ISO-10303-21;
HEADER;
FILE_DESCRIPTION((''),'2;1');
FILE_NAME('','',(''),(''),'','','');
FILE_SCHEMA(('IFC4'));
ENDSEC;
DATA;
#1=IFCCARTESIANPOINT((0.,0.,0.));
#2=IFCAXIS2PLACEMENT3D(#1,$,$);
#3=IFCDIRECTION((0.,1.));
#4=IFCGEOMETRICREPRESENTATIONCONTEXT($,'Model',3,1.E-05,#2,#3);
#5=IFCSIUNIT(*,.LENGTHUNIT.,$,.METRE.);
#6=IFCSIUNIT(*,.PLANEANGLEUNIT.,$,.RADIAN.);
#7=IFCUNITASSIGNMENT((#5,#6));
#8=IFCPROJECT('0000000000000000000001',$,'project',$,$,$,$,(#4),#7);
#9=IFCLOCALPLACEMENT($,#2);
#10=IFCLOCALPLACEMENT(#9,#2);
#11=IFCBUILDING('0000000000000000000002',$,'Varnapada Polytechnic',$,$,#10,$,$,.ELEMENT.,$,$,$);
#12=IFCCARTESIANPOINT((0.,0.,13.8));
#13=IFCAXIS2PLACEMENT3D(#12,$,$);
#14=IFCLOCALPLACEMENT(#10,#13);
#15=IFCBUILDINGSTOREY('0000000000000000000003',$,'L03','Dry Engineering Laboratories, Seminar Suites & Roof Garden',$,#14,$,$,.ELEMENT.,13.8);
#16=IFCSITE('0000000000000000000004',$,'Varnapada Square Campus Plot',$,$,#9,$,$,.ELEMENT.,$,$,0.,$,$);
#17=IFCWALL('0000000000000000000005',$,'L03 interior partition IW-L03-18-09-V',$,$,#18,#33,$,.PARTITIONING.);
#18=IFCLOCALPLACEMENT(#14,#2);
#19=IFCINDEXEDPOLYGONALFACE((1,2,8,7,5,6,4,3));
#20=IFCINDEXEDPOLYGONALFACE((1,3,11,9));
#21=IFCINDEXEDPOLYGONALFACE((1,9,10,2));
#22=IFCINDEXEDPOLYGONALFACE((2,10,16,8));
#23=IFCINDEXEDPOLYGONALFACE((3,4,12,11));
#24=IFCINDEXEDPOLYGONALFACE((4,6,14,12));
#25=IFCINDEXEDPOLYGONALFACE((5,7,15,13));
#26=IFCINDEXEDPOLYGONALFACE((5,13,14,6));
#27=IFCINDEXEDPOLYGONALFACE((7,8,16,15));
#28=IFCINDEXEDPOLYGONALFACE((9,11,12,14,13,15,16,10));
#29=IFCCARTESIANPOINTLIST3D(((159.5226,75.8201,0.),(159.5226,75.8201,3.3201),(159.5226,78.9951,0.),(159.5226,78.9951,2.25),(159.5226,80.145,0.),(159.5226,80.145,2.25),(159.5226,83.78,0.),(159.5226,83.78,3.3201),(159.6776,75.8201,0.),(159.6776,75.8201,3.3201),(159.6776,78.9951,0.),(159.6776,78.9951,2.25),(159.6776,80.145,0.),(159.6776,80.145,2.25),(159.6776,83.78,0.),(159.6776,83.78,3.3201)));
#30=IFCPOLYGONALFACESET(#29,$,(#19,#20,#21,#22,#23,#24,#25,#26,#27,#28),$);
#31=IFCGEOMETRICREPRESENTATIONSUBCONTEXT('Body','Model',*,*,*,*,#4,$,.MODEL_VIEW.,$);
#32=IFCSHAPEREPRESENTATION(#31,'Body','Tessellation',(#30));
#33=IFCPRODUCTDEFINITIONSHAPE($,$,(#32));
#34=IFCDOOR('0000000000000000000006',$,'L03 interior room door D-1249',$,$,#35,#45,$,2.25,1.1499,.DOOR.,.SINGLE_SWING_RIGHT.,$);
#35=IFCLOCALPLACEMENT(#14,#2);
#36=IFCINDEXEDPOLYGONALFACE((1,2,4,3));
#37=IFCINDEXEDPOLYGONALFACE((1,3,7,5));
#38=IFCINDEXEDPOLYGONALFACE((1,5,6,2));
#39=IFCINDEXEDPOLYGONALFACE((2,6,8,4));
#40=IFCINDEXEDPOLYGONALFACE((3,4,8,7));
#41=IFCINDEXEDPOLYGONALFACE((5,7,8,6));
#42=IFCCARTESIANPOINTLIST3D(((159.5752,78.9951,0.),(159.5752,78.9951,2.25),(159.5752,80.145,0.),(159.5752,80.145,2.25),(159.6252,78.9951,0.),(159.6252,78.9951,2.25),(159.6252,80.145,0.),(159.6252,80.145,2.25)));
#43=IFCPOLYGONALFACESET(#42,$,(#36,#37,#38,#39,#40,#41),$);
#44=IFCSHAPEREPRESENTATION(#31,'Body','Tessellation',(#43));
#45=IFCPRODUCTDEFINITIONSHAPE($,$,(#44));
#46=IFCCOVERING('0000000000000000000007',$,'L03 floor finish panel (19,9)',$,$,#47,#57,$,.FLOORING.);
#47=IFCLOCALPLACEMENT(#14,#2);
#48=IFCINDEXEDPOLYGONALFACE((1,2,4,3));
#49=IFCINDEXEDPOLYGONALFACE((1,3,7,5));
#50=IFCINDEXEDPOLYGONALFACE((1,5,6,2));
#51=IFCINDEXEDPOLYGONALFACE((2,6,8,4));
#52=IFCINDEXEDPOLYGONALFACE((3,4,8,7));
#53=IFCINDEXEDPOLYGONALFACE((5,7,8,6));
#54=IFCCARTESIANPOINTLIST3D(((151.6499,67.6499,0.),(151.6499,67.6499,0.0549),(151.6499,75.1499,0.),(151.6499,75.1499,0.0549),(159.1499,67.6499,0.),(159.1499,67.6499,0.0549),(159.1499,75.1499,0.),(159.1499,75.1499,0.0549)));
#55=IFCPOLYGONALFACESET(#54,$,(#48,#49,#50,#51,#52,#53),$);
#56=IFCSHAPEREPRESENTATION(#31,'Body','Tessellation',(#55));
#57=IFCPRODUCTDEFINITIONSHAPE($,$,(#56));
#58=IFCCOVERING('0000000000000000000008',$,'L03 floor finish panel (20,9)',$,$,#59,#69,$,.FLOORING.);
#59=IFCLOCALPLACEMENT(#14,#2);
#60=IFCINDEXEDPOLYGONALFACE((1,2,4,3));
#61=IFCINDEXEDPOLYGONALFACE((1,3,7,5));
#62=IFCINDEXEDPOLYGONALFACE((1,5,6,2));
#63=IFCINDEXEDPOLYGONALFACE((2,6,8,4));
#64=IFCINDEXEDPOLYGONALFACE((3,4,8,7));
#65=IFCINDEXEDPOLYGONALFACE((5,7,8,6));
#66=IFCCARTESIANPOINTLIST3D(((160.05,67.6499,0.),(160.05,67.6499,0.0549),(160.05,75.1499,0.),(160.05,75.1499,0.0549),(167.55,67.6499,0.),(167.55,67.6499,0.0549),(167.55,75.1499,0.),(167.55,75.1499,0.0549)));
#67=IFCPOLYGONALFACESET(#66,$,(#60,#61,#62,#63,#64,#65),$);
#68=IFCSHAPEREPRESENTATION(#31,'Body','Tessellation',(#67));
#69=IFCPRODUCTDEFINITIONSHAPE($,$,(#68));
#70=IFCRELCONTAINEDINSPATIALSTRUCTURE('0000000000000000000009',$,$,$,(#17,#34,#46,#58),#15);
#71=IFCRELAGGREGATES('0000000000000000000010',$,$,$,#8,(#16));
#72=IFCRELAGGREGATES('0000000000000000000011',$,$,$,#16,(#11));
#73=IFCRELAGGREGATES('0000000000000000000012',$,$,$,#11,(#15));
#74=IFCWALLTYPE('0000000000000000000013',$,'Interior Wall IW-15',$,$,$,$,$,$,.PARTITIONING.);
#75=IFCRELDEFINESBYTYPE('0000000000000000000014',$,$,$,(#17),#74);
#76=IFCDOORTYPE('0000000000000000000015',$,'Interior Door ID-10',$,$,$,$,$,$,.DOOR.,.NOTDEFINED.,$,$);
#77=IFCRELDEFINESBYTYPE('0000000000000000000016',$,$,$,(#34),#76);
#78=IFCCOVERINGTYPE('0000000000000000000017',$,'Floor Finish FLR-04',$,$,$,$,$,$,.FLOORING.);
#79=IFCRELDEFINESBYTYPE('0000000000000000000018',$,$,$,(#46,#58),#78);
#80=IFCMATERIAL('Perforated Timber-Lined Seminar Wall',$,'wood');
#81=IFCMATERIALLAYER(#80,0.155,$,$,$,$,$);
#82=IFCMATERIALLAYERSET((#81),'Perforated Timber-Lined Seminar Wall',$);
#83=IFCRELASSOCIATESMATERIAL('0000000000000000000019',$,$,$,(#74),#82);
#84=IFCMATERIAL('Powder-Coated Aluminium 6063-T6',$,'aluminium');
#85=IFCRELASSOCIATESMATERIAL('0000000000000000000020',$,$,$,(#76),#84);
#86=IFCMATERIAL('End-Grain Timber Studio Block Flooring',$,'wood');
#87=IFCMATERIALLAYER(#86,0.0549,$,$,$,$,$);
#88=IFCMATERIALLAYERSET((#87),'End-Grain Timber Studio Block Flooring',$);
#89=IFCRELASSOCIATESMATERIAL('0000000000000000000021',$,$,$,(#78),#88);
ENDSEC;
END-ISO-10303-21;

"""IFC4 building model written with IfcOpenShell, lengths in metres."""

from ifc_helpers import new_model, si_unit, direction, frame, frame_2d, origin, origin_2d, place, context, subcontext, project, spatial, rectangle, extrude, material, layer, layer_set, type_object, element, fill, save


model = new_model("IFC4")

# Units and contexts
model_context = context("Model", 3, precision=1e-05, world=origin(), true_north=direction((0.0, 1.0)))
body_context = subcontext(model_context, "Body", "Model", "MODEL_VIEW")
ifc_project = project(units=[si_unit("LENGTHUNIT", "METRE"), si_unit("PLANEANGLEUNIT", "RADIAN")], contexts=[model_context])

# Site, building, storey
site_placement = place(None, origin())
site = spatial("IfcSite", under=ifc_project, at=site_placement, Name="Varnapada Square Campus Plot", CompositionType="ELEMENT", RefElevation=0.0)
building_placement = place(site_placement, origin())
building = spatial("IfcBuilding", under=site, at=building_placement, Name="Varnapada Polytechnic", CompositionType="ELEMENT")
storey_placement = place(building_placement, frame((0.0, 0.0, 13.8)))
storey = spatial("IfcBuildingStorey", under=building, at=storey_placement, Name="L03", Description="Dry Engineering Laboratories, Seminar Suites & Roof Garden", CompositionType="ELEMENT", Elevation=13.8)

# Wall, opening, door
ifc_material_1 = material(Name="Perforated Timber-Lined Seminar Wall", Category="wood")
ifc_layer_1 = layer(ifc_material_1, 0.155)
ifc_layer_set_1 = layer_set([ifc_layer_1], Name="Perforated Timber-Lined Seminar Wall")
wall_type_1 = type_object("IfcWallType", Name="Interior Wall IW-15", PredefinedType="PARTITIONING", material=ifc_layer_set_1)
wall_1_placement = place(storey_placement, frame((159.6001, 75.8201, 0.0), z_axis=(0.0, 0.0, 1.0), x_axis=(0.0, 1.0, 0.0)))
wall_1 = element("IfcWall", 1, at=wall_1_placement, inside=storey, type_object=wall_type_1, Name="L03 interior partition IW-L03-18-09-V", PredefinedType="PARTITIONING", context=body_context, shape_type="SweptSolid", body=[
    extrude(rectangle(XDim=7.96, YDim=0.155, at=frame_2d((3.98, 0.0))), origin(), (0.0, 0.0, 1.0), 3.3201),
])
opening_1_placement = place(wall_1_placement, frame((3.175, 0.0, 0.0)))
opening_1 = element("IfcOpeningElement", 2, at=opening_1_placement, cuts=wall_1, PredefinedType="OPENING", context=body_context, shape_type="SweptSolid", body=[
    extrude(rectangle(XDim=1.1499, YDim=2.25, at=frame_2d((0.575, 1.125))), frame((0.0, 0.0874, 0.0), z_axis=(0.0, -1.0, 0.0), x_axis=(1.0, 0.0, 0.0)), (0.0, 0.0, 1.0), 0.175),
])
ifc_material_2 = material(Name="Powder-Coated Aluminium 6063-T6", Category="aluminium")
door_type_1 = type_object("IfcDoorType", Name="Interior Door ID-10", OperationType="NOTDEFINED", PredefinedType="DOOR", material=ifc_material_2)
door_1_placement = place(opening_1_placement, origin())
door_1 = element("IfcDoor", 3, at=door_1_placement, inside=storey, type_object=door_type_1, Name="L03 interior room door D-1249", OperationType="SINGLE_SWING_RIGHT", OverallHeight=2.25, OverallWidth=1.1499, PredefinedType="DOOR", context=body_context, shape_type="SweptSolid", body=[
    extrude(rectangle(XDim=1.1499, YDim=2.25, at=frame_2d((0.575, 1.125))), frame((0.0, 0.0249, 0.0), z_axis=(0.0, -1.0, 0.0), x_axis=(1.0, 0.0, 0.0)), (0.0, 0.0, 1.0), 0.05),
])
fill(opening_1, door_1)

# Coverings
ifc_material_3 = material(Name="End-Grain Timber Studio Block Flooring", Category="wood")
ifc_layer_2 = layer(ifc_material_3, 0.0549)
ifc_layer_set_2 = layer_set([ifc_layer_2], Name="End-Grain Timber Studio Block Flooring")
covering_type = type_object("IfcCoveringType", Name="Floor Finish FLR-04", PredefinedType="FLOORING", material=ifc_layer_set_2)
for number, where, z_axis, x_axis, name in (
    (4, (155.3999, 71.3999, 0.0), (0.0, 0.0, 1.0), (1.0, 0.0, 0.0), "L03 floor finish panel (19,9)"),
    (5, (163.8, 71.3999, 0.0), (0.0, 0.0, 1.0), (1.0, 0.0, 0.0), "L03 floor finish panel (20,9)"),
):
    element("IfcCovering", number, at=place(storey_placement, frame(where, z_axis=z_axis, x_axis=x_axis)), inside=storey, type_object=covering_type, Name=name, PredefinedType="FLOORING", context=body_context, shape_type="SweptSolid", body=[
        extrude(rectangle(XDim=7.5, YDim=7.5, at=origin_2d()), origin(), (0.0, 0.0, 1.0), 0.0549),
    ])

save(model, "model.ifc")
